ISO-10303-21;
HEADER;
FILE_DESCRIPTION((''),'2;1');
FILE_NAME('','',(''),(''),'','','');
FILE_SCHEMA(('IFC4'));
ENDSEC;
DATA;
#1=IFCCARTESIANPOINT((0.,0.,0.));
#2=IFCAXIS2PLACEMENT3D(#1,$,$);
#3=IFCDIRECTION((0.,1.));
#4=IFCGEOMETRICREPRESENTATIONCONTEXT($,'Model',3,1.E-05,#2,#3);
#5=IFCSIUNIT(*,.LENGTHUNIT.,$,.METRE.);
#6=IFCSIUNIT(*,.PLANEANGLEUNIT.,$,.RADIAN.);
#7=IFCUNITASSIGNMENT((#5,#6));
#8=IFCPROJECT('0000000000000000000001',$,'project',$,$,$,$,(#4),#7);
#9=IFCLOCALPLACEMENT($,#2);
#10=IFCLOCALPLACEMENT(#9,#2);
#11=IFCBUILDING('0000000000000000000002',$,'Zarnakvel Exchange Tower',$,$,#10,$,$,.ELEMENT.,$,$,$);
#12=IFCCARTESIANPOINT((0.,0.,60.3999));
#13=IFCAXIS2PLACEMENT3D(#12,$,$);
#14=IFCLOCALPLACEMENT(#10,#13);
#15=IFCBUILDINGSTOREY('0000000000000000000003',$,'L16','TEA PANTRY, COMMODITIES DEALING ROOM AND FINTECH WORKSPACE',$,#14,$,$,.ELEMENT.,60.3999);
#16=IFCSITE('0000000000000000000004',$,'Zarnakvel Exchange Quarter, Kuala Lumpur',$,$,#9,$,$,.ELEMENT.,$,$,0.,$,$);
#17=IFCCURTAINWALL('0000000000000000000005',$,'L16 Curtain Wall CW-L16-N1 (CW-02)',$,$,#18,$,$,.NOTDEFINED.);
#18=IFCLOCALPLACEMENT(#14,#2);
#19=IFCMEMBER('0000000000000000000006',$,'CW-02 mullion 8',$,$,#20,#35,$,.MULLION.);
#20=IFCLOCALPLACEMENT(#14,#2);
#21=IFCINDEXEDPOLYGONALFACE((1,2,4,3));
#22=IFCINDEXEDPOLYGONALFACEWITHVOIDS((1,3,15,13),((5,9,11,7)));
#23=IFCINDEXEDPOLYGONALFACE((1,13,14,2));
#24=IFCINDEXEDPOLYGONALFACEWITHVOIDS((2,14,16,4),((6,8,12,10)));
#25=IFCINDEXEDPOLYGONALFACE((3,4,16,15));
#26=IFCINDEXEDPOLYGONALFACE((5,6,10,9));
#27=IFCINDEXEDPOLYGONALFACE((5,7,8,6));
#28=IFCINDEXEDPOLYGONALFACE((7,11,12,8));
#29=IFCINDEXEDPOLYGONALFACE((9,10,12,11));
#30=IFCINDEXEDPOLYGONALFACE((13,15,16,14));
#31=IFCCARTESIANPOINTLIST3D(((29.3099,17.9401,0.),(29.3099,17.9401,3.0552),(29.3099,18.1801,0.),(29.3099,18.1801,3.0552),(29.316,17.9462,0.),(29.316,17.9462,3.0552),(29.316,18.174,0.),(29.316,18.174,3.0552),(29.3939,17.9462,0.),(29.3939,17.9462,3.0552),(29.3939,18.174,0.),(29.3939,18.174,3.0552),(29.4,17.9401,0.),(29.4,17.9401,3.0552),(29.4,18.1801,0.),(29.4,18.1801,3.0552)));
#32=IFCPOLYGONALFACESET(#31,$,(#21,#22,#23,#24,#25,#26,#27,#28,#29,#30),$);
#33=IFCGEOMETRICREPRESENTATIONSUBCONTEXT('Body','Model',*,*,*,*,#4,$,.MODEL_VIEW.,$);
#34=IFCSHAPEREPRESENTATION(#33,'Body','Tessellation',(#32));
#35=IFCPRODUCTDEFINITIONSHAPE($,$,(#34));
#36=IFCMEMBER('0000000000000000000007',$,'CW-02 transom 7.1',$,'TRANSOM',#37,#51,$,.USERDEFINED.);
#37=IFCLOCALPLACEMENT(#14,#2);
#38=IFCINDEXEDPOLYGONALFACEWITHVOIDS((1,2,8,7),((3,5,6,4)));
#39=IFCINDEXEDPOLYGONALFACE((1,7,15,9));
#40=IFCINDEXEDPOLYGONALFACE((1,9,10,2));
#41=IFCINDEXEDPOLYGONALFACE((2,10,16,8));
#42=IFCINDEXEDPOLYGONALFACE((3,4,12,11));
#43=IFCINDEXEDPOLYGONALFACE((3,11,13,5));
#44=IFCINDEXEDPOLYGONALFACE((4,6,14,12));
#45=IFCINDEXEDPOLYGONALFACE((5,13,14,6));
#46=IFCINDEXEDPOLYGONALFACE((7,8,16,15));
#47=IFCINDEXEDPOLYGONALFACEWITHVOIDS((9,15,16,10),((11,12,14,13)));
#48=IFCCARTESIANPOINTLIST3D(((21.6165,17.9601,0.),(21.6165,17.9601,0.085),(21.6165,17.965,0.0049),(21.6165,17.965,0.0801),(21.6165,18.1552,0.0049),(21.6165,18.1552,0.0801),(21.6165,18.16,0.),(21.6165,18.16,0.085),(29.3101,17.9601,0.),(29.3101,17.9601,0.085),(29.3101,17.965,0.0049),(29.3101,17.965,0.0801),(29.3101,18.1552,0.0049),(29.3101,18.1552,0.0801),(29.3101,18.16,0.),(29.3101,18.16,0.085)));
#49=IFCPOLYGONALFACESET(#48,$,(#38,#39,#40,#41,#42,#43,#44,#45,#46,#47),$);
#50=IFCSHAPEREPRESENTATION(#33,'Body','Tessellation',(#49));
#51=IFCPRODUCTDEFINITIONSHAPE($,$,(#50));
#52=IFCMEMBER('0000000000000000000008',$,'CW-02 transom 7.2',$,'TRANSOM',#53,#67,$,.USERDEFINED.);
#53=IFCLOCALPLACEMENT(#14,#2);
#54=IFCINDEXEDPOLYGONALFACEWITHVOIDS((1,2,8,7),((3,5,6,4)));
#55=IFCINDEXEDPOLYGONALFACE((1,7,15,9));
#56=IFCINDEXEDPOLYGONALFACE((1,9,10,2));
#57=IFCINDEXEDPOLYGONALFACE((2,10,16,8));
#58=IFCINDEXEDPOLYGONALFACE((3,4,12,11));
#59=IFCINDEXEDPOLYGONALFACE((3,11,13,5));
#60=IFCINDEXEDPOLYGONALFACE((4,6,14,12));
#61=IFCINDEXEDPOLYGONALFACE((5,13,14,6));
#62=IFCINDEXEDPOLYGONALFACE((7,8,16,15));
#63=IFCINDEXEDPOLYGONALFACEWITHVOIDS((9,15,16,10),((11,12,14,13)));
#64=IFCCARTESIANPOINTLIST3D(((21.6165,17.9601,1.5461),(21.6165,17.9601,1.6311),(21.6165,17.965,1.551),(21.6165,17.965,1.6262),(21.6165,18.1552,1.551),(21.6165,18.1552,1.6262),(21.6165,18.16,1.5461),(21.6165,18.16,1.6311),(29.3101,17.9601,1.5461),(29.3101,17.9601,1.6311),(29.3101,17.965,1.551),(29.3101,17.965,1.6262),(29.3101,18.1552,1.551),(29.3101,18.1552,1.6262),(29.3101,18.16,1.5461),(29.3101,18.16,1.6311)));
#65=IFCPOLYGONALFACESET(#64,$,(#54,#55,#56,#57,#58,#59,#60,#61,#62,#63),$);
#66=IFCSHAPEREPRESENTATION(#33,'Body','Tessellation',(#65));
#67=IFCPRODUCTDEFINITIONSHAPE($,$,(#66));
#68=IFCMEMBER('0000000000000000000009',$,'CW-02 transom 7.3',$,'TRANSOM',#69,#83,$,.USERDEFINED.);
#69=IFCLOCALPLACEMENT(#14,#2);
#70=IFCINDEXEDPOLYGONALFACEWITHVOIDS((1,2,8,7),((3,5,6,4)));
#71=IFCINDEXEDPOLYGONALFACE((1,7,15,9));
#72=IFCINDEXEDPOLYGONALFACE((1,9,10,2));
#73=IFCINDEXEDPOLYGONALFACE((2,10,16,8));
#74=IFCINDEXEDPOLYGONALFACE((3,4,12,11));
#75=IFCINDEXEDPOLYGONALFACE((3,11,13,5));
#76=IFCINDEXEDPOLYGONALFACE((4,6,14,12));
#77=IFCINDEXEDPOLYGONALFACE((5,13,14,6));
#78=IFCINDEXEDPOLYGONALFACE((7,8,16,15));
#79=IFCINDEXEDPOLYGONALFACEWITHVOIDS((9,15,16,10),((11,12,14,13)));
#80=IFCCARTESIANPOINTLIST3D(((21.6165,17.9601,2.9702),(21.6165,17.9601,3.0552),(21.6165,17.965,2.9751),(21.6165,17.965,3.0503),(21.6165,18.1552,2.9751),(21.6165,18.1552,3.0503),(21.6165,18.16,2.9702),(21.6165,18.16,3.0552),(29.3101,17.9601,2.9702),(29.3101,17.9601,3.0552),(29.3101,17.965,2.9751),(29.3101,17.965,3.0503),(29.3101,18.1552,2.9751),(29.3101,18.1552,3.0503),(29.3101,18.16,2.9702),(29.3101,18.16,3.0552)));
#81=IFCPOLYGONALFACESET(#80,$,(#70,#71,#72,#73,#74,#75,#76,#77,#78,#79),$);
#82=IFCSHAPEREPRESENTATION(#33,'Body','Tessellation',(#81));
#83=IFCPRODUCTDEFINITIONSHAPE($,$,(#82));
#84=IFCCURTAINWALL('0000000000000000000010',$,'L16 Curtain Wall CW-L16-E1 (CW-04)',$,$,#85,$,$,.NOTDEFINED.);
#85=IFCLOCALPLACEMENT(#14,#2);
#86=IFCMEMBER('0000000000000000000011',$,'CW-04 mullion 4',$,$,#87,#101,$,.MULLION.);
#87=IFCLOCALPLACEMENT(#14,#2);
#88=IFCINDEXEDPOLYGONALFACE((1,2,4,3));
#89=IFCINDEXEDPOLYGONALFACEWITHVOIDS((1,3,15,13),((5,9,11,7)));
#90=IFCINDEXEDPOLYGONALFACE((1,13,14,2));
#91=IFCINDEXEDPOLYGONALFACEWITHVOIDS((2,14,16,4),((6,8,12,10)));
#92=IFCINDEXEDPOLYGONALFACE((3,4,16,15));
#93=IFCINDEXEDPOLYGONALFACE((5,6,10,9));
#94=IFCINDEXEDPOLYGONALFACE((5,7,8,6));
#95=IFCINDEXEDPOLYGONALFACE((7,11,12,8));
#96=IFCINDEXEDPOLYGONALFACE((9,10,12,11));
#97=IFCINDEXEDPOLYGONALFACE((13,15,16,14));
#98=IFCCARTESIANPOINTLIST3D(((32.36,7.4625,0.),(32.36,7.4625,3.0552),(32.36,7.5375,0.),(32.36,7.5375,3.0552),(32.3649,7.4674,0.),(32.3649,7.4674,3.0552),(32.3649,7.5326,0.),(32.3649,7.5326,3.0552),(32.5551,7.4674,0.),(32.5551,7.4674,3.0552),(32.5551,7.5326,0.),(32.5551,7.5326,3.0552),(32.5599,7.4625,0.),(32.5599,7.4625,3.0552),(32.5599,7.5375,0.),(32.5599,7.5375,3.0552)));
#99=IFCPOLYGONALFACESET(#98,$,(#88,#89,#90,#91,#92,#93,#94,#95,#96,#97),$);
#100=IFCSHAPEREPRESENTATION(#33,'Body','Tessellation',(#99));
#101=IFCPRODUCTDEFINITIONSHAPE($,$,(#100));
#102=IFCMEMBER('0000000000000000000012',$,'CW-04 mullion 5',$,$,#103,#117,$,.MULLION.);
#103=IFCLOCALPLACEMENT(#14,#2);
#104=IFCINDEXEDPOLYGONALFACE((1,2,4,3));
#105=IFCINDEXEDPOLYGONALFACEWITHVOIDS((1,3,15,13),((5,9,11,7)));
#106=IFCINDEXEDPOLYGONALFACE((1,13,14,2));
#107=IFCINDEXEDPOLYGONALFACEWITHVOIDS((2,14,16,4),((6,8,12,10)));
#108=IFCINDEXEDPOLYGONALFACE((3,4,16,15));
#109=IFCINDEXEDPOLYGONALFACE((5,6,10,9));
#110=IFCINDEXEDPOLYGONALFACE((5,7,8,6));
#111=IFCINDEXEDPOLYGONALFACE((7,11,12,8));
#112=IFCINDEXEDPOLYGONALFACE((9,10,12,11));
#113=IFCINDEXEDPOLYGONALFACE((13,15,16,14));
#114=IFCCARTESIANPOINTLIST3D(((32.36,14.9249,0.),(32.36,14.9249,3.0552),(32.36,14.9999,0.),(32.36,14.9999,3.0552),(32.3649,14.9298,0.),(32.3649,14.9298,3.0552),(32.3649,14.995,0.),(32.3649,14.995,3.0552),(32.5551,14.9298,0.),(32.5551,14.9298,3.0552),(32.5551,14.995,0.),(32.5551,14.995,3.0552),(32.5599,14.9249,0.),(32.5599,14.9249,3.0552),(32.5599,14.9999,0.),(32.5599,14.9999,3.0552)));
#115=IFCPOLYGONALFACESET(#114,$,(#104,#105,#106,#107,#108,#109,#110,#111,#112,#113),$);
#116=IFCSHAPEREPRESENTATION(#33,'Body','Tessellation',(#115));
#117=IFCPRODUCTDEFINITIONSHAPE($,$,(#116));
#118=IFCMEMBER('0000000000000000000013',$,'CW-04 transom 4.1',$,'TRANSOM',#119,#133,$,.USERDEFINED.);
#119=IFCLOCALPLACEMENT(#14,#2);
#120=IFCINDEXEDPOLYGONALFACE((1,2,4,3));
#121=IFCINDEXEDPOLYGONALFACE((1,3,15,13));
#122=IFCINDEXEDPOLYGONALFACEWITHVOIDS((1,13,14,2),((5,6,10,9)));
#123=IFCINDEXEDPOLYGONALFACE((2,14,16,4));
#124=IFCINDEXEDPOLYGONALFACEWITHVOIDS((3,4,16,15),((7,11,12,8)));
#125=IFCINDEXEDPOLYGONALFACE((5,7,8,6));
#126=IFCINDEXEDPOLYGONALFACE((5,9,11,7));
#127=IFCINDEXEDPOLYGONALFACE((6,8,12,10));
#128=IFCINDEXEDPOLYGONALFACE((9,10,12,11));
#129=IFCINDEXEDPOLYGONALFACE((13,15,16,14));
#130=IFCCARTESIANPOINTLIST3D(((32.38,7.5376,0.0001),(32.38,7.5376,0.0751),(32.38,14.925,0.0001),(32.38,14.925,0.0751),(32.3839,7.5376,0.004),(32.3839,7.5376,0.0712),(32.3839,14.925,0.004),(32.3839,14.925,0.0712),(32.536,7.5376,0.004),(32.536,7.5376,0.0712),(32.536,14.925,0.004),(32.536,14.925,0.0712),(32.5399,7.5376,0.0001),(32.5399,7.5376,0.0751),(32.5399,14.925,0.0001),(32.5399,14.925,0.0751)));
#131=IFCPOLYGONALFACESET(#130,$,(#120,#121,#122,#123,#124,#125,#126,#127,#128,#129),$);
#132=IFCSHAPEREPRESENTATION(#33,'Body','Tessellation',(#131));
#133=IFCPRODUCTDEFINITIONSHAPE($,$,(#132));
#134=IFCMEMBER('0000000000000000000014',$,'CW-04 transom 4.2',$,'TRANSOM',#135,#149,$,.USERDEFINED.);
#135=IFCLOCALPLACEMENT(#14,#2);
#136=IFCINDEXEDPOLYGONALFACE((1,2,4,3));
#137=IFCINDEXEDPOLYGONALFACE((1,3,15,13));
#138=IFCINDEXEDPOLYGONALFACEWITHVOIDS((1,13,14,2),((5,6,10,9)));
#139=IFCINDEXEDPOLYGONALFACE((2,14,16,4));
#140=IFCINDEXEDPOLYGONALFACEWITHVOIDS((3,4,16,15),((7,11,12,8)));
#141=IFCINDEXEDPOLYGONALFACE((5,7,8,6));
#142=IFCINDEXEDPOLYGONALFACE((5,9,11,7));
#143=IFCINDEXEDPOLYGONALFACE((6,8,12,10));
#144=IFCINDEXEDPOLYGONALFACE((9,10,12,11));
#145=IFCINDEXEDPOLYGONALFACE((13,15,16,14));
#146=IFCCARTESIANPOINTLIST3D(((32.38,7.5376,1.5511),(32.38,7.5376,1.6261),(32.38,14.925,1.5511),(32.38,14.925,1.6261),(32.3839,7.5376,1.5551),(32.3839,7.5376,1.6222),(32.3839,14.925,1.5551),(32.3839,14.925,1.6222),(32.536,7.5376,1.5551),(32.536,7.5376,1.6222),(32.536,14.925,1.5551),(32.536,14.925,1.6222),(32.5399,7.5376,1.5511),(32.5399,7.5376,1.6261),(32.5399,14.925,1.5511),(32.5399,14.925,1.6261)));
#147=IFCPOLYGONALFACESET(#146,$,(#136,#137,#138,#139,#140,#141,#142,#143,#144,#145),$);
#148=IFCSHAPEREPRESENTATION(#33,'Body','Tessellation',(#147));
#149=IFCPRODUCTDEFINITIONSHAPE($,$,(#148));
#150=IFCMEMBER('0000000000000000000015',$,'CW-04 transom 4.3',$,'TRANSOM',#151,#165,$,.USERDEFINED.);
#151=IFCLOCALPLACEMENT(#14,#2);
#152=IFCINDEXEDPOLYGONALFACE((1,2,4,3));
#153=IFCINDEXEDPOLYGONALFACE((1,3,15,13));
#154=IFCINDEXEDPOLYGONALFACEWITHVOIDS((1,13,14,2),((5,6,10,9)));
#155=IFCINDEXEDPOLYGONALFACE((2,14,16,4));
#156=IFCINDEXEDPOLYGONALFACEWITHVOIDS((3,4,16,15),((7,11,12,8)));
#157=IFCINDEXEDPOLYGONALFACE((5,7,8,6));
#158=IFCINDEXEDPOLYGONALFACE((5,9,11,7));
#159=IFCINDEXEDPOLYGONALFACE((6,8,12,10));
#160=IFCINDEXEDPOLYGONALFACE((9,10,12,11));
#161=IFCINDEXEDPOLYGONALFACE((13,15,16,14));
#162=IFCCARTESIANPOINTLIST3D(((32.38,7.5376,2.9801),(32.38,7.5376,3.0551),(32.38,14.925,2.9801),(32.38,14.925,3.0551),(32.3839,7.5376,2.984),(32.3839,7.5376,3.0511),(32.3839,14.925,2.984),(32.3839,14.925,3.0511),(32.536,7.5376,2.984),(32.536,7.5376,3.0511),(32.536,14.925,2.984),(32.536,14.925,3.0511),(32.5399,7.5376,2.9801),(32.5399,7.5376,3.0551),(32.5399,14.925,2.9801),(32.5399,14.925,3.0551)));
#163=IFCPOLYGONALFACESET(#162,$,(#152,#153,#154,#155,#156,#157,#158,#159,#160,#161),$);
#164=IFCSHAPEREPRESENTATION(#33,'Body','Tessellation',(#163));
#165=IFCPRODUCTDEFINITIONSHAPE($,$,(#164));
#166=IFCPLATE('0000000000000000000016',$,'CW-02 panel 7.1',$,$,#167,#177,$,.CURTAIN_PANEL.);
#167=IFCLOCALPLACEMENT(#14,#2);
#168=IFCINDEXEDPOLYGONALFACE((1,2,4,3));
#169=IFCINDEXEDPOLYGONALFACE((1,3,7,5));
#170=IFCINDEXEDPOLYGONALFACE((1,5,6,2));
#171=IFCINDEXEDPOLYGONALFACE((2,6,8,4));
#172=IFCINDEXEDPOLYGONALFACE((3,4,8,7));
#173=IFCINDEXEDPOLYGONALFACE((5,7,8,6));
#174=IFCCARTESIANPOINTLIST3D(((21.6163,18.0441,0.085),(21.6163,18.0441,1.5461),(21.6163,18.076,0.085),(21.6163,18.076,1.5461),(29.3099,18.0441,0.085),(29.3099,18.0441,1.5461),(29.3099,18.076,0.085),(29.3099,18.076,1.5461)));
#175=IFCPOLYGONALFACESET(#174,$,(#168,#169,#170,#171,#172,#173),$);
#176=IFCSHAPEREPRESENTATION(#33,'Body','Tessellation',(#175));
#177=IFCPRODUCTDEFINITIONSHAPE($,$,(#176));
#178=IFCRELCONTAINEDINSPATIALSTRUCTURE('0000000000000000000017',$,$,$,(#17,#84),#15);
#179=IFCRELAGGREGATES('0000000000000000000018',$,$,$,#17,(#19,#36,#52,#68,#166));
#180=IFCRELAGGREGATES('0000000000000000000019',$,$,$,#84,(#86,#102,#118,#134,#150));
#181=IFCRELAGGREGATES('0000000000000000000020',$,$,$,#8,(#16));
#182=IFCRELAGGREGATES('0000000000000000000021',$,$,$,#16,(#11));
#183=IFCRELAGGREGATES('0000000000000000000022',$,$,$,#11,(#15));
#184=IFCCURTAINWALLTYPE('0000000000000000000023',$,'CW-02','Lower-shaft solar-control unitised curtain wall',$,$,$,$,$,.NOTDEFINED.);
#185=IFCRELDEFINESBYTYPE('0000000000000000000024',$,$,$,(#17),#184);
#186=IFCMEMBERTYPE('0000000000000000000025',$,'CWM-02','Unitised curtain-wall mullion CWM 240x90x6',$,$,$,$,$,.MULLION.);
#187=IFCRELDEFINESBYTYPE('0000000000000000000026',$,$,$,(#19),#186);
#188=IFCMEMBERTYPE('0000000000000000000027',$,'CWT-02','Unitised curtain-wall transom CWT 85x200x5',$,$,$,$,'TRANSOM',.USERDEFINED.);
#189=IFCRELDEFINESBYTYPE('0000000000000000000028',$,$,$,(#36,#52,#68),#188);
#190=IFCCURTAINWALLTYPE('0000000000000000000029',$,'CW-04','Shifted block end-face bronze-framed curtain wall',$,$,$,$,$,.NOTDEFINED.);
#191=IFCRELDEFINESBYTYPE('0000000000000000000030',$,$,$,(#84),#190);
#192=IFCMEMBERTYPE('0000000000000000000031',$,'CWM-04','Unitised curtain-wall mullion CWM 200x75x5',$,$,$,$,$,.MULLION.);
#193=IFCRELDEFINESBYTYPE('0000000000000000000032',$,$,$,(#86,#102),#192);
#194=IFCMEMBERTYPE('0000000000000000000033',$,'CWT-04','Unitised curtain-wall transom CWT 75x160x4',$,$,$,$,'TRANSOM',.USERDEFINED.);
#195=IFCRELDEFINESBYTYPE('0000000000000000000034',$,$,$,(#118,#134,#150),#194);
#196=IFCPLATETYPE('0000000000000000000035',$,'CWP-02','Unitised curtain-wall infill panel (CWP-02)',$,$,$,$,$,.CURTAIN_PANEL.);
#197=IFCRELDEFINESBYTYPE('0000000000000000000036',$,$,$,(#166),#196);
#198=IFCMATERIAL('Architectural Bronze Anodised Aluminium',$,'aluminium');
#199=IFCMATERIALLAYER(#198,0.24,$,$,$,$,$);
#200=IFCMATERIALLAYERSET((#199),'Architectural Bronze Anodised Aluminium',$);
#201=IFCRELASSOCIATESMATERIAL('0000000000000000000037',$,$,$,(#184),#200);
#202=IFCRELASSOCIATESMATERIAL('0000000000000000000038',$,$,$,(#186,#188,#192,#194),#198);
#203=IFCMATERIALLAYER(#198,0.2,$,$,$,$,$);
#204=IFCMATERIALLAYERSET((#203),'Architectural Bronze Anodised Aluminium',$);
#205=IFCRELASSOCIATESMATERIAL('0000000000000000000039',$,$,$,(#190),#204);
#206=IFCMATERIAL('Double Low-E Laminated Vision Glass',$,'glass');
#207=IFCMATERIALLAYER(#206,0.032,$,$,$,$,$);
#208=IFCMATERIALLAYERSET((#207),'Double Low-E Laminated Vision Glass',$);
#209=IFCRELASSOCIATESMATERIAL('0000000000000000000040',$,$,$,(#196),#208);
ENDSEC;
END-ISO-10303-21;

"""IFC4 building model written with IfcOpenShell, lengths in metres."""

from ifc_helpers import new_model, si_unit, direction, frame, origin, origin_2d, place, context, subcontext, project, spatial, rectangle, hollow_rectangle, extrude, source, transform, mapped, material, layer, layer_set, material_profile, profile_set, type_object, element, aggregate, save


model = new_model("IFC4")

# Units and contexts
model_context = context("Model", 3, precision=1e-05, world=origin(), true_north=direction((0.0, 1.0)))
body_context = subcontext(model_context, "Body", "Model", "MODEL_VIEW")
ifc_project = project(units=[si_unit("LENGTHUNIT", "METRE"), si_unit("PLANEANGLEUNIT", "RADIAN")], contexts=[model_context])

# Site, building, storey
site_placement = place(None, origin())
site = spatial("IfcSite", under=ifc_project, at=site_placement, Name="Zarnakvel Exchange Quarter, Kuala Lumpur", CompositionType="ELEMENT", RefElevation=0.0)
building_placement = place(site_placement, origin())
building = spatial("IfcBuilding", under=site, at=building_placement, Name="Zarnakvel Exchange Tower", CompositionType="ELEMENT")
storey_placement = place(building_placement, frame((0.0, 0.0, 60.3999)))
storey = spatial("IfcBuildingStorey", under=building, at=storey_placement, Name="L16", Description="TEA PANTRY, COMMODITIES DEALING ROOM AND FINTECH WORKSPACE", CompositionType="ELEMENT", Elevation=60.3999)

# Curtain walls, members
ifc_material_1 = material(Name="Architectural Bronze Anodised Aluminium", Category="aluminium")
ifc_layer_1 = layer(ifc_material_1, 0.24)
ifc_layer_set_1 = layer_set([ifc_layer_1], Name="Architectural Bronze Anodised Aluminium")
curtain_wall_type_1 = type_object("IfcCurtainWallType", Name="CW-02", Description="Lower-shaft solar-control unitised curtain wall", PredefinedType="NOTDEFINED", material=ifc_layer_set_1)
curtain_wall_1_placement = place(storey_placement, origin())
curtain_wall_1 = element("IfcCurtainWall", 1, at=curtain_wall_1_placement, inside=storey, type_object=curtain_wall_type_1, Name="L16 Curtain Wall CW-L16-N1 (CW-02)", PredefinedType="NOTDEFINED")
ifc_material_profile_1 = material_profile(ifc_material_1, hollow_rectangle(XDim=0.24, YDim=0.0901, WallThickness=0.0061, at=origin_2d()))
ifc_profile_set_1 = profile_set([ifc_material_profile_1], Name="Architectural Bronze Anodised Aluminium")
member_type_1 = type_object("IfcMemberType", Name="CWM-02", Description="Unitised curtain-wall mullion CWM 240x90x6", PredefinedType="MULLION", material=ifc_profile_set_1)
shared_shape_1 = source(origin(), body_context, "Body", "SweptSolid", [
    extrude(hollow_rectangle(XDim=0.24, YDim=0.0901, WallThickness=0.0061, at=origin_2d()), origin(), (0.0, 0.0, 1.0), 3.0552),
])
member_1_placement = place(storey_placement, frame((29.355, 18.0601, 0.0), z_axis=(0.0, 0.0, 1.0), x_axis=(0.0, 1.0, 0.0)))
member_1 = element("IfcMember", 2, at=member_1_placement, type_object=member_type_1, Name="CW-02 mullion 8", PredefinedType="MULLION", context=body_context, shape_type="MappedRepresentation", body=[
    mapped(shared_shape_1, transform((0.0, 0.0, 0.0), x_axis=(1.0, 0.0, 0.0), y_axis=(0.0, 1.0, 0.0), z_axis=(0.0, 0.0, 1.0), scale=1.0)),
])
ifc_material_profile_2 = material_profile(ifc_material_1, hollow_rectangle(XDim=0.2, YDim=0.085, WallThickness=0.0049, at=origin_2d()))
ifc_profile_set_2 = profile_set([ifc_material_profile_2], Name="Architectural Bronze Anodised Aluminium")
member_type_2 = type_object("IfcMemberType", Name="CWT-02", Description="Unitised curtain-wall transom CWT 85x200x5", ElementType="TRANSOM", PredefinedType="USERDEFINED", material=ifc_profile_set_2)
shared_shape_2 = source(origin(), body_context, "Body", "SweptSolid", [
    extrude(hollow_rectangle(XDim=0.2, YDim=0.085, WallThickness=0.0049, at=origin_2d()), origin(), (0.0, 0.0, 1.0), 7.6936),
])
member_2_placement = place(storey_placement, frame((21.6165, 18.0601, 0.0425), z_axis=(1.0, 0.0, 0.0), x_axis=(0.0, 1.0, 0.0)))
member_2 = element("IfcMember", 3, at=member_2_placement, type_object=member_type_2, Name="CW-02 transom 7.1", ObjectType="TRANSOM", PredefinedType="USERDEFINED", context=body_context, shape_type="MappedRepresentation", body=[
    mapped(shared_shape_2, transform((0.0, 0.0, 0.0), x_axis=(1.0, 0.0, 0.0), y_axis=(0.0, 1.0, 0.0), z_axis=(0.0, 0.0, 1.0), scale=1.0)),
])
member_3_placement = place(storey_placement, frame((21.6165, 18.0601, 1.5886), z_axis=(1.0, 0.0, 0.0), x_axis=(0.0, 1.0, 0.0)))
member_3 = element("IfcMember", 4, at=member_3_placement, type_object=member_type_2, Name="CW-02 transom 7.2", ObjectType="TRANSOM", PredefinedType="USERDEFINED", context=body_context, shape_type="MappedRepresentation", body=[
    mapped(shared_shape_2, transform((0.0, 0.0, 0.0), x_axis=(1.0, 0.0, 0.0), y_axis=(0.0, 1.0, 0.0), z_axis=(0.0, 0.0, 1.0), scale=1.0)),
])
member_4_placement = place(storey_placement, frame((21.6165, 18.0601, 3.0127), z_axis=(1.0, 0.0, 0.0), x_axis=(0.0, 1.0, 0.0)))
member_4 = element("IfcMember", 5, at=member_4_placement, type_object=member_type_2, Name="CW-02 transom 7.3", ObjectType="TRANSOM", PredefinedType="USERDEFINED", context=body_context, shape_type="MappedRepresentation", body=[
    mapped(shared_shape_2, transform((0.0, 0.0, 0.0), x_axis=(1.0, 0.0, 0.0), y_axis=(0.0, 1.0, 0.0), z_axis=(0.0, 0.0, 1.0), scale=1.0)),
])
ifc_layer_2 = layer(ifc_material_1, 0.2)
ifc_layer_set_2 = layer_set([ifc_layer_2], Name="Architectural Bronze Anodised Aluminium")
curtain_wall_type_2 = type_object("IfcCurtainWallType", Name="CW-04", Description="Shifted block end-face bronze-framed curtain wall", PredefinedType="NOTDEFINED", material=ifc_layer_set_2)
curtain_wall_2_placement = place(storey_placement, origin())
curtain_wall_2 = element("IfcCurtainWall", 6, at=curtain_wall_2_placement, inside=storey, type_object=curtain_wall_type_2, Name="L16 Curtain Wall CW-L16-E1 (CW-04)", PredefinedType="NOTDEFINED")
ifc_material_profile_3 = material_profile(ifc_material_1, hollow_rectangle(XDim=0.2, YDim=0.075, WallThickness=0.0049, at=origin_2d()))
ifc_profile_set_3 = profile_set([ifc_material_profile_3], Name="Architectural Bronze Anodised Aluminium")
member_type_3 = type_object("IfcMemberType", Name="CWM-04", Description="Unitised curtain-wall mullion CWM 200x75x5", PredefinedType="MULLION", material=ifc_profile_set_3)
shared_shape_3 = source(origin(), body_context, "Body", "SweptSolid", [
    extrude(hollow_rectangle(XDim=0.2, YDim=0.075, WallThickness=0.0049, at=origin_2d()), origin(), (0.0, 0.0, 1.0), 3.0552),
])
member_5_placement = place(storey_placement, frame((32.46, 7.5, 0.0), z_axis=(0.0, 0.0, 1.0), x_axis=(-1.0, 0.0, 0.0)))
member_5 = element("IfcMember", 7, at=member_5_placement, type_object=member_type_3, Name="CW-04 mullion 4", PredefinedType="MULLION", context=body_context, shape_type="MappedRepresentation", body=[
    mapped(shared_shape_3, transform((0.0, 0.0, 0.0), x_axis=(1.0, 0.0, 0.0), y_axis=(0.0, 1.0, 0.0), z_axis=(0.0, 0.0, 1.0), scale=1.0)),
])
member_6_placement = place(storey_placement, frame((32.46, 14.9624, 0.0), z_axis=(0.0, 0.0, 1.0), x_axis=(-1.0, 0.0, 0.0)))
member_6 = element("IfcMember", 8, at=member_6_placement, type_object=member_type_3, Name="CW-04 mullion 5", PredefinedType="MULLION", context=body_context, shape_type="MappedRepresentation", body=[
    mapped(shared_shape_3, transform((0.0, 0.0, 0.0), x_axis=(1.0, 0.0, 0.0), y_axis=(0.0, 1.0, 0.0), z_axis=(0.0, 0.0, 1.0), scale=1.0)),
])
ifc_material_profile_4 = material_profile(ifc_material_1, hollow_rectangle(XDim=0.1599, YDim=0.075, WallThickness=0.0039, at=origin_2d()))
ifc_profile_set_4 = profile_set([ifc_material_profile_4], Name="Architectural Bronze Anodised Aluminium")
member_type_4 = type_object("IfcMemberType", Name="CWT-04", Description="Unitised curtain-wall transom CWT 75x160x4", ElementType="TRANSOM", PredefinedType="USERDEFINED", material=ifc_profile_set_4)
shared_shape_4 = source(origin(), body_context, "Body", "SweptSolid", [
    extrude(hollow_rectangle(XDim=0.1599, YDim=0.075, WallThickness=0.0039, at=origin_2d()), origin(), (0.0, 0.0, 1.0), 7.3875),
])
member_7_placement = place(storey_placement, frame((32.46, 7.5376, 0.0376), z_axis=(0.0, 1.0, 0.0), x_axis=(-1.0, 0.0, 0.0)))
member_7 = element("IfcMember", 9, at=member_7_placement, type_object=member_type_4, Name="CW-04 transom 4.1", ObjectType="TRANSOM", PredefinedType="USERDEFINED", context=body_context, shape_type="MappedRepresentation", body=[
    mapped(shared_shape_4, transform((0.0, 0.0, 0.0), x_axis=(1.0, 0.0, 0.0), y_axis=(0.0, 1.0, 0.0), z_axis=(0.0, 0.0, 1.0), scale=1.0)),
])
member_8_placement = place(storey_placement, frame((32.46, 7.5376, 1.5886), z_axis=(0.0, 1.0, 0.0), x_axis=(-1.0, 0.0, 0.0)))
member_8 = element("IfcMember", 10, at=member_8_placement, type_object=member_type_4, Name="CW-04 transom 4.2", ObjectType="TRANSOM", PredefinedType="USERDEFINED", context=body_context, shape_type="MappedRepresentation", body=[
    mapped(shared_shape_4, transform((0.0, 0.0, 0.0), x_axis=(1.0, 0.0, 0.0), y_axis=(0.0, 1.0, 0.0), z_axis=(0.0, 0.0, 1.0), scale=1.0)),
])
member_9_placement = place(storey_placement, frame((32.46, 7.5376, 3.0176), z_axis=(0.0, 1.0, 0.0), x_axis=(-1.0, 0.0, 0.0)))
member_9 = element("IfcMember", 11, at=member_9_placement, type_object=member_type_4, Name="CW-04 transom 4.3", ObjectType="TRANSOM", PredefinedType="USERDEFINED", context=body_context, shape_type="MappedRepresentation", body=[
    mapped(shared_shape_4, transform((0.0, 0.0, 0.0), x_axis=(1.0, 0.0, 0.0), y_axis=(0.0, 1.0, 0.0), z_axis=(0.0, 0.0, 1.0), scale=1.0)),
])

# Plate
ifc_material_2 = material(Name="Double Low-E Laminated Vision Glass", Category="glass")
ifc_layer_3 = layer(ifc_material_2, 0.032)
ifc_layer_set_3 = layer_set([ifc_layer_3], Name="Double Low-E Laminated Vision Glass")
plate_type_1 = type_object("IfcPlateType", Name="CWP-02", Description="Unitised curtain-wall infill panel (CWP-02)", PredefinedType="CURTAIN_PANEL", material=ifc_layer_set_3)
shared_shape_5 = source(origin(), body_context, "Body", "SweptSolid", [
    extrude(rectangle(XDim=7.6936, YDim=0.032, at=origin_2d()), origin(), (0.0, 0.0, 1.0), 1.4612),
])
plate_1_placement = place(storey_placement, frame((25.4631, 18.0601, 0.085), z_axis=(0.0, 0.0, 1.0), x_axis=(1.0, 0.0, 0.0)))
plate_1 = element("IfcPlate", 12, at=plate_1_placement, type_object=plate_type_1, Name="CW-02 panel 7.1", PredefinedType="CURTAIN_PANEL", context=body_context, shape_type="MappedRepresentation", body=[
    mapped(shared_shape_5, transform((0.0, 0.0, 0.0), x_axis=(1.0, 0.0, 0.0), y_axis=(0.0, 1.0, 0.0), z_axis=(0.0, 0.0, 1.0), scale=1.0)),
])
aggregate(curtain_wall_1, [member_1, member_2, member_3, member_4, plate_1])
aggregate(curtain_wall_2, [member_5, member_6, member_7, member_8, member_9])

save(model, "model.ifc")
